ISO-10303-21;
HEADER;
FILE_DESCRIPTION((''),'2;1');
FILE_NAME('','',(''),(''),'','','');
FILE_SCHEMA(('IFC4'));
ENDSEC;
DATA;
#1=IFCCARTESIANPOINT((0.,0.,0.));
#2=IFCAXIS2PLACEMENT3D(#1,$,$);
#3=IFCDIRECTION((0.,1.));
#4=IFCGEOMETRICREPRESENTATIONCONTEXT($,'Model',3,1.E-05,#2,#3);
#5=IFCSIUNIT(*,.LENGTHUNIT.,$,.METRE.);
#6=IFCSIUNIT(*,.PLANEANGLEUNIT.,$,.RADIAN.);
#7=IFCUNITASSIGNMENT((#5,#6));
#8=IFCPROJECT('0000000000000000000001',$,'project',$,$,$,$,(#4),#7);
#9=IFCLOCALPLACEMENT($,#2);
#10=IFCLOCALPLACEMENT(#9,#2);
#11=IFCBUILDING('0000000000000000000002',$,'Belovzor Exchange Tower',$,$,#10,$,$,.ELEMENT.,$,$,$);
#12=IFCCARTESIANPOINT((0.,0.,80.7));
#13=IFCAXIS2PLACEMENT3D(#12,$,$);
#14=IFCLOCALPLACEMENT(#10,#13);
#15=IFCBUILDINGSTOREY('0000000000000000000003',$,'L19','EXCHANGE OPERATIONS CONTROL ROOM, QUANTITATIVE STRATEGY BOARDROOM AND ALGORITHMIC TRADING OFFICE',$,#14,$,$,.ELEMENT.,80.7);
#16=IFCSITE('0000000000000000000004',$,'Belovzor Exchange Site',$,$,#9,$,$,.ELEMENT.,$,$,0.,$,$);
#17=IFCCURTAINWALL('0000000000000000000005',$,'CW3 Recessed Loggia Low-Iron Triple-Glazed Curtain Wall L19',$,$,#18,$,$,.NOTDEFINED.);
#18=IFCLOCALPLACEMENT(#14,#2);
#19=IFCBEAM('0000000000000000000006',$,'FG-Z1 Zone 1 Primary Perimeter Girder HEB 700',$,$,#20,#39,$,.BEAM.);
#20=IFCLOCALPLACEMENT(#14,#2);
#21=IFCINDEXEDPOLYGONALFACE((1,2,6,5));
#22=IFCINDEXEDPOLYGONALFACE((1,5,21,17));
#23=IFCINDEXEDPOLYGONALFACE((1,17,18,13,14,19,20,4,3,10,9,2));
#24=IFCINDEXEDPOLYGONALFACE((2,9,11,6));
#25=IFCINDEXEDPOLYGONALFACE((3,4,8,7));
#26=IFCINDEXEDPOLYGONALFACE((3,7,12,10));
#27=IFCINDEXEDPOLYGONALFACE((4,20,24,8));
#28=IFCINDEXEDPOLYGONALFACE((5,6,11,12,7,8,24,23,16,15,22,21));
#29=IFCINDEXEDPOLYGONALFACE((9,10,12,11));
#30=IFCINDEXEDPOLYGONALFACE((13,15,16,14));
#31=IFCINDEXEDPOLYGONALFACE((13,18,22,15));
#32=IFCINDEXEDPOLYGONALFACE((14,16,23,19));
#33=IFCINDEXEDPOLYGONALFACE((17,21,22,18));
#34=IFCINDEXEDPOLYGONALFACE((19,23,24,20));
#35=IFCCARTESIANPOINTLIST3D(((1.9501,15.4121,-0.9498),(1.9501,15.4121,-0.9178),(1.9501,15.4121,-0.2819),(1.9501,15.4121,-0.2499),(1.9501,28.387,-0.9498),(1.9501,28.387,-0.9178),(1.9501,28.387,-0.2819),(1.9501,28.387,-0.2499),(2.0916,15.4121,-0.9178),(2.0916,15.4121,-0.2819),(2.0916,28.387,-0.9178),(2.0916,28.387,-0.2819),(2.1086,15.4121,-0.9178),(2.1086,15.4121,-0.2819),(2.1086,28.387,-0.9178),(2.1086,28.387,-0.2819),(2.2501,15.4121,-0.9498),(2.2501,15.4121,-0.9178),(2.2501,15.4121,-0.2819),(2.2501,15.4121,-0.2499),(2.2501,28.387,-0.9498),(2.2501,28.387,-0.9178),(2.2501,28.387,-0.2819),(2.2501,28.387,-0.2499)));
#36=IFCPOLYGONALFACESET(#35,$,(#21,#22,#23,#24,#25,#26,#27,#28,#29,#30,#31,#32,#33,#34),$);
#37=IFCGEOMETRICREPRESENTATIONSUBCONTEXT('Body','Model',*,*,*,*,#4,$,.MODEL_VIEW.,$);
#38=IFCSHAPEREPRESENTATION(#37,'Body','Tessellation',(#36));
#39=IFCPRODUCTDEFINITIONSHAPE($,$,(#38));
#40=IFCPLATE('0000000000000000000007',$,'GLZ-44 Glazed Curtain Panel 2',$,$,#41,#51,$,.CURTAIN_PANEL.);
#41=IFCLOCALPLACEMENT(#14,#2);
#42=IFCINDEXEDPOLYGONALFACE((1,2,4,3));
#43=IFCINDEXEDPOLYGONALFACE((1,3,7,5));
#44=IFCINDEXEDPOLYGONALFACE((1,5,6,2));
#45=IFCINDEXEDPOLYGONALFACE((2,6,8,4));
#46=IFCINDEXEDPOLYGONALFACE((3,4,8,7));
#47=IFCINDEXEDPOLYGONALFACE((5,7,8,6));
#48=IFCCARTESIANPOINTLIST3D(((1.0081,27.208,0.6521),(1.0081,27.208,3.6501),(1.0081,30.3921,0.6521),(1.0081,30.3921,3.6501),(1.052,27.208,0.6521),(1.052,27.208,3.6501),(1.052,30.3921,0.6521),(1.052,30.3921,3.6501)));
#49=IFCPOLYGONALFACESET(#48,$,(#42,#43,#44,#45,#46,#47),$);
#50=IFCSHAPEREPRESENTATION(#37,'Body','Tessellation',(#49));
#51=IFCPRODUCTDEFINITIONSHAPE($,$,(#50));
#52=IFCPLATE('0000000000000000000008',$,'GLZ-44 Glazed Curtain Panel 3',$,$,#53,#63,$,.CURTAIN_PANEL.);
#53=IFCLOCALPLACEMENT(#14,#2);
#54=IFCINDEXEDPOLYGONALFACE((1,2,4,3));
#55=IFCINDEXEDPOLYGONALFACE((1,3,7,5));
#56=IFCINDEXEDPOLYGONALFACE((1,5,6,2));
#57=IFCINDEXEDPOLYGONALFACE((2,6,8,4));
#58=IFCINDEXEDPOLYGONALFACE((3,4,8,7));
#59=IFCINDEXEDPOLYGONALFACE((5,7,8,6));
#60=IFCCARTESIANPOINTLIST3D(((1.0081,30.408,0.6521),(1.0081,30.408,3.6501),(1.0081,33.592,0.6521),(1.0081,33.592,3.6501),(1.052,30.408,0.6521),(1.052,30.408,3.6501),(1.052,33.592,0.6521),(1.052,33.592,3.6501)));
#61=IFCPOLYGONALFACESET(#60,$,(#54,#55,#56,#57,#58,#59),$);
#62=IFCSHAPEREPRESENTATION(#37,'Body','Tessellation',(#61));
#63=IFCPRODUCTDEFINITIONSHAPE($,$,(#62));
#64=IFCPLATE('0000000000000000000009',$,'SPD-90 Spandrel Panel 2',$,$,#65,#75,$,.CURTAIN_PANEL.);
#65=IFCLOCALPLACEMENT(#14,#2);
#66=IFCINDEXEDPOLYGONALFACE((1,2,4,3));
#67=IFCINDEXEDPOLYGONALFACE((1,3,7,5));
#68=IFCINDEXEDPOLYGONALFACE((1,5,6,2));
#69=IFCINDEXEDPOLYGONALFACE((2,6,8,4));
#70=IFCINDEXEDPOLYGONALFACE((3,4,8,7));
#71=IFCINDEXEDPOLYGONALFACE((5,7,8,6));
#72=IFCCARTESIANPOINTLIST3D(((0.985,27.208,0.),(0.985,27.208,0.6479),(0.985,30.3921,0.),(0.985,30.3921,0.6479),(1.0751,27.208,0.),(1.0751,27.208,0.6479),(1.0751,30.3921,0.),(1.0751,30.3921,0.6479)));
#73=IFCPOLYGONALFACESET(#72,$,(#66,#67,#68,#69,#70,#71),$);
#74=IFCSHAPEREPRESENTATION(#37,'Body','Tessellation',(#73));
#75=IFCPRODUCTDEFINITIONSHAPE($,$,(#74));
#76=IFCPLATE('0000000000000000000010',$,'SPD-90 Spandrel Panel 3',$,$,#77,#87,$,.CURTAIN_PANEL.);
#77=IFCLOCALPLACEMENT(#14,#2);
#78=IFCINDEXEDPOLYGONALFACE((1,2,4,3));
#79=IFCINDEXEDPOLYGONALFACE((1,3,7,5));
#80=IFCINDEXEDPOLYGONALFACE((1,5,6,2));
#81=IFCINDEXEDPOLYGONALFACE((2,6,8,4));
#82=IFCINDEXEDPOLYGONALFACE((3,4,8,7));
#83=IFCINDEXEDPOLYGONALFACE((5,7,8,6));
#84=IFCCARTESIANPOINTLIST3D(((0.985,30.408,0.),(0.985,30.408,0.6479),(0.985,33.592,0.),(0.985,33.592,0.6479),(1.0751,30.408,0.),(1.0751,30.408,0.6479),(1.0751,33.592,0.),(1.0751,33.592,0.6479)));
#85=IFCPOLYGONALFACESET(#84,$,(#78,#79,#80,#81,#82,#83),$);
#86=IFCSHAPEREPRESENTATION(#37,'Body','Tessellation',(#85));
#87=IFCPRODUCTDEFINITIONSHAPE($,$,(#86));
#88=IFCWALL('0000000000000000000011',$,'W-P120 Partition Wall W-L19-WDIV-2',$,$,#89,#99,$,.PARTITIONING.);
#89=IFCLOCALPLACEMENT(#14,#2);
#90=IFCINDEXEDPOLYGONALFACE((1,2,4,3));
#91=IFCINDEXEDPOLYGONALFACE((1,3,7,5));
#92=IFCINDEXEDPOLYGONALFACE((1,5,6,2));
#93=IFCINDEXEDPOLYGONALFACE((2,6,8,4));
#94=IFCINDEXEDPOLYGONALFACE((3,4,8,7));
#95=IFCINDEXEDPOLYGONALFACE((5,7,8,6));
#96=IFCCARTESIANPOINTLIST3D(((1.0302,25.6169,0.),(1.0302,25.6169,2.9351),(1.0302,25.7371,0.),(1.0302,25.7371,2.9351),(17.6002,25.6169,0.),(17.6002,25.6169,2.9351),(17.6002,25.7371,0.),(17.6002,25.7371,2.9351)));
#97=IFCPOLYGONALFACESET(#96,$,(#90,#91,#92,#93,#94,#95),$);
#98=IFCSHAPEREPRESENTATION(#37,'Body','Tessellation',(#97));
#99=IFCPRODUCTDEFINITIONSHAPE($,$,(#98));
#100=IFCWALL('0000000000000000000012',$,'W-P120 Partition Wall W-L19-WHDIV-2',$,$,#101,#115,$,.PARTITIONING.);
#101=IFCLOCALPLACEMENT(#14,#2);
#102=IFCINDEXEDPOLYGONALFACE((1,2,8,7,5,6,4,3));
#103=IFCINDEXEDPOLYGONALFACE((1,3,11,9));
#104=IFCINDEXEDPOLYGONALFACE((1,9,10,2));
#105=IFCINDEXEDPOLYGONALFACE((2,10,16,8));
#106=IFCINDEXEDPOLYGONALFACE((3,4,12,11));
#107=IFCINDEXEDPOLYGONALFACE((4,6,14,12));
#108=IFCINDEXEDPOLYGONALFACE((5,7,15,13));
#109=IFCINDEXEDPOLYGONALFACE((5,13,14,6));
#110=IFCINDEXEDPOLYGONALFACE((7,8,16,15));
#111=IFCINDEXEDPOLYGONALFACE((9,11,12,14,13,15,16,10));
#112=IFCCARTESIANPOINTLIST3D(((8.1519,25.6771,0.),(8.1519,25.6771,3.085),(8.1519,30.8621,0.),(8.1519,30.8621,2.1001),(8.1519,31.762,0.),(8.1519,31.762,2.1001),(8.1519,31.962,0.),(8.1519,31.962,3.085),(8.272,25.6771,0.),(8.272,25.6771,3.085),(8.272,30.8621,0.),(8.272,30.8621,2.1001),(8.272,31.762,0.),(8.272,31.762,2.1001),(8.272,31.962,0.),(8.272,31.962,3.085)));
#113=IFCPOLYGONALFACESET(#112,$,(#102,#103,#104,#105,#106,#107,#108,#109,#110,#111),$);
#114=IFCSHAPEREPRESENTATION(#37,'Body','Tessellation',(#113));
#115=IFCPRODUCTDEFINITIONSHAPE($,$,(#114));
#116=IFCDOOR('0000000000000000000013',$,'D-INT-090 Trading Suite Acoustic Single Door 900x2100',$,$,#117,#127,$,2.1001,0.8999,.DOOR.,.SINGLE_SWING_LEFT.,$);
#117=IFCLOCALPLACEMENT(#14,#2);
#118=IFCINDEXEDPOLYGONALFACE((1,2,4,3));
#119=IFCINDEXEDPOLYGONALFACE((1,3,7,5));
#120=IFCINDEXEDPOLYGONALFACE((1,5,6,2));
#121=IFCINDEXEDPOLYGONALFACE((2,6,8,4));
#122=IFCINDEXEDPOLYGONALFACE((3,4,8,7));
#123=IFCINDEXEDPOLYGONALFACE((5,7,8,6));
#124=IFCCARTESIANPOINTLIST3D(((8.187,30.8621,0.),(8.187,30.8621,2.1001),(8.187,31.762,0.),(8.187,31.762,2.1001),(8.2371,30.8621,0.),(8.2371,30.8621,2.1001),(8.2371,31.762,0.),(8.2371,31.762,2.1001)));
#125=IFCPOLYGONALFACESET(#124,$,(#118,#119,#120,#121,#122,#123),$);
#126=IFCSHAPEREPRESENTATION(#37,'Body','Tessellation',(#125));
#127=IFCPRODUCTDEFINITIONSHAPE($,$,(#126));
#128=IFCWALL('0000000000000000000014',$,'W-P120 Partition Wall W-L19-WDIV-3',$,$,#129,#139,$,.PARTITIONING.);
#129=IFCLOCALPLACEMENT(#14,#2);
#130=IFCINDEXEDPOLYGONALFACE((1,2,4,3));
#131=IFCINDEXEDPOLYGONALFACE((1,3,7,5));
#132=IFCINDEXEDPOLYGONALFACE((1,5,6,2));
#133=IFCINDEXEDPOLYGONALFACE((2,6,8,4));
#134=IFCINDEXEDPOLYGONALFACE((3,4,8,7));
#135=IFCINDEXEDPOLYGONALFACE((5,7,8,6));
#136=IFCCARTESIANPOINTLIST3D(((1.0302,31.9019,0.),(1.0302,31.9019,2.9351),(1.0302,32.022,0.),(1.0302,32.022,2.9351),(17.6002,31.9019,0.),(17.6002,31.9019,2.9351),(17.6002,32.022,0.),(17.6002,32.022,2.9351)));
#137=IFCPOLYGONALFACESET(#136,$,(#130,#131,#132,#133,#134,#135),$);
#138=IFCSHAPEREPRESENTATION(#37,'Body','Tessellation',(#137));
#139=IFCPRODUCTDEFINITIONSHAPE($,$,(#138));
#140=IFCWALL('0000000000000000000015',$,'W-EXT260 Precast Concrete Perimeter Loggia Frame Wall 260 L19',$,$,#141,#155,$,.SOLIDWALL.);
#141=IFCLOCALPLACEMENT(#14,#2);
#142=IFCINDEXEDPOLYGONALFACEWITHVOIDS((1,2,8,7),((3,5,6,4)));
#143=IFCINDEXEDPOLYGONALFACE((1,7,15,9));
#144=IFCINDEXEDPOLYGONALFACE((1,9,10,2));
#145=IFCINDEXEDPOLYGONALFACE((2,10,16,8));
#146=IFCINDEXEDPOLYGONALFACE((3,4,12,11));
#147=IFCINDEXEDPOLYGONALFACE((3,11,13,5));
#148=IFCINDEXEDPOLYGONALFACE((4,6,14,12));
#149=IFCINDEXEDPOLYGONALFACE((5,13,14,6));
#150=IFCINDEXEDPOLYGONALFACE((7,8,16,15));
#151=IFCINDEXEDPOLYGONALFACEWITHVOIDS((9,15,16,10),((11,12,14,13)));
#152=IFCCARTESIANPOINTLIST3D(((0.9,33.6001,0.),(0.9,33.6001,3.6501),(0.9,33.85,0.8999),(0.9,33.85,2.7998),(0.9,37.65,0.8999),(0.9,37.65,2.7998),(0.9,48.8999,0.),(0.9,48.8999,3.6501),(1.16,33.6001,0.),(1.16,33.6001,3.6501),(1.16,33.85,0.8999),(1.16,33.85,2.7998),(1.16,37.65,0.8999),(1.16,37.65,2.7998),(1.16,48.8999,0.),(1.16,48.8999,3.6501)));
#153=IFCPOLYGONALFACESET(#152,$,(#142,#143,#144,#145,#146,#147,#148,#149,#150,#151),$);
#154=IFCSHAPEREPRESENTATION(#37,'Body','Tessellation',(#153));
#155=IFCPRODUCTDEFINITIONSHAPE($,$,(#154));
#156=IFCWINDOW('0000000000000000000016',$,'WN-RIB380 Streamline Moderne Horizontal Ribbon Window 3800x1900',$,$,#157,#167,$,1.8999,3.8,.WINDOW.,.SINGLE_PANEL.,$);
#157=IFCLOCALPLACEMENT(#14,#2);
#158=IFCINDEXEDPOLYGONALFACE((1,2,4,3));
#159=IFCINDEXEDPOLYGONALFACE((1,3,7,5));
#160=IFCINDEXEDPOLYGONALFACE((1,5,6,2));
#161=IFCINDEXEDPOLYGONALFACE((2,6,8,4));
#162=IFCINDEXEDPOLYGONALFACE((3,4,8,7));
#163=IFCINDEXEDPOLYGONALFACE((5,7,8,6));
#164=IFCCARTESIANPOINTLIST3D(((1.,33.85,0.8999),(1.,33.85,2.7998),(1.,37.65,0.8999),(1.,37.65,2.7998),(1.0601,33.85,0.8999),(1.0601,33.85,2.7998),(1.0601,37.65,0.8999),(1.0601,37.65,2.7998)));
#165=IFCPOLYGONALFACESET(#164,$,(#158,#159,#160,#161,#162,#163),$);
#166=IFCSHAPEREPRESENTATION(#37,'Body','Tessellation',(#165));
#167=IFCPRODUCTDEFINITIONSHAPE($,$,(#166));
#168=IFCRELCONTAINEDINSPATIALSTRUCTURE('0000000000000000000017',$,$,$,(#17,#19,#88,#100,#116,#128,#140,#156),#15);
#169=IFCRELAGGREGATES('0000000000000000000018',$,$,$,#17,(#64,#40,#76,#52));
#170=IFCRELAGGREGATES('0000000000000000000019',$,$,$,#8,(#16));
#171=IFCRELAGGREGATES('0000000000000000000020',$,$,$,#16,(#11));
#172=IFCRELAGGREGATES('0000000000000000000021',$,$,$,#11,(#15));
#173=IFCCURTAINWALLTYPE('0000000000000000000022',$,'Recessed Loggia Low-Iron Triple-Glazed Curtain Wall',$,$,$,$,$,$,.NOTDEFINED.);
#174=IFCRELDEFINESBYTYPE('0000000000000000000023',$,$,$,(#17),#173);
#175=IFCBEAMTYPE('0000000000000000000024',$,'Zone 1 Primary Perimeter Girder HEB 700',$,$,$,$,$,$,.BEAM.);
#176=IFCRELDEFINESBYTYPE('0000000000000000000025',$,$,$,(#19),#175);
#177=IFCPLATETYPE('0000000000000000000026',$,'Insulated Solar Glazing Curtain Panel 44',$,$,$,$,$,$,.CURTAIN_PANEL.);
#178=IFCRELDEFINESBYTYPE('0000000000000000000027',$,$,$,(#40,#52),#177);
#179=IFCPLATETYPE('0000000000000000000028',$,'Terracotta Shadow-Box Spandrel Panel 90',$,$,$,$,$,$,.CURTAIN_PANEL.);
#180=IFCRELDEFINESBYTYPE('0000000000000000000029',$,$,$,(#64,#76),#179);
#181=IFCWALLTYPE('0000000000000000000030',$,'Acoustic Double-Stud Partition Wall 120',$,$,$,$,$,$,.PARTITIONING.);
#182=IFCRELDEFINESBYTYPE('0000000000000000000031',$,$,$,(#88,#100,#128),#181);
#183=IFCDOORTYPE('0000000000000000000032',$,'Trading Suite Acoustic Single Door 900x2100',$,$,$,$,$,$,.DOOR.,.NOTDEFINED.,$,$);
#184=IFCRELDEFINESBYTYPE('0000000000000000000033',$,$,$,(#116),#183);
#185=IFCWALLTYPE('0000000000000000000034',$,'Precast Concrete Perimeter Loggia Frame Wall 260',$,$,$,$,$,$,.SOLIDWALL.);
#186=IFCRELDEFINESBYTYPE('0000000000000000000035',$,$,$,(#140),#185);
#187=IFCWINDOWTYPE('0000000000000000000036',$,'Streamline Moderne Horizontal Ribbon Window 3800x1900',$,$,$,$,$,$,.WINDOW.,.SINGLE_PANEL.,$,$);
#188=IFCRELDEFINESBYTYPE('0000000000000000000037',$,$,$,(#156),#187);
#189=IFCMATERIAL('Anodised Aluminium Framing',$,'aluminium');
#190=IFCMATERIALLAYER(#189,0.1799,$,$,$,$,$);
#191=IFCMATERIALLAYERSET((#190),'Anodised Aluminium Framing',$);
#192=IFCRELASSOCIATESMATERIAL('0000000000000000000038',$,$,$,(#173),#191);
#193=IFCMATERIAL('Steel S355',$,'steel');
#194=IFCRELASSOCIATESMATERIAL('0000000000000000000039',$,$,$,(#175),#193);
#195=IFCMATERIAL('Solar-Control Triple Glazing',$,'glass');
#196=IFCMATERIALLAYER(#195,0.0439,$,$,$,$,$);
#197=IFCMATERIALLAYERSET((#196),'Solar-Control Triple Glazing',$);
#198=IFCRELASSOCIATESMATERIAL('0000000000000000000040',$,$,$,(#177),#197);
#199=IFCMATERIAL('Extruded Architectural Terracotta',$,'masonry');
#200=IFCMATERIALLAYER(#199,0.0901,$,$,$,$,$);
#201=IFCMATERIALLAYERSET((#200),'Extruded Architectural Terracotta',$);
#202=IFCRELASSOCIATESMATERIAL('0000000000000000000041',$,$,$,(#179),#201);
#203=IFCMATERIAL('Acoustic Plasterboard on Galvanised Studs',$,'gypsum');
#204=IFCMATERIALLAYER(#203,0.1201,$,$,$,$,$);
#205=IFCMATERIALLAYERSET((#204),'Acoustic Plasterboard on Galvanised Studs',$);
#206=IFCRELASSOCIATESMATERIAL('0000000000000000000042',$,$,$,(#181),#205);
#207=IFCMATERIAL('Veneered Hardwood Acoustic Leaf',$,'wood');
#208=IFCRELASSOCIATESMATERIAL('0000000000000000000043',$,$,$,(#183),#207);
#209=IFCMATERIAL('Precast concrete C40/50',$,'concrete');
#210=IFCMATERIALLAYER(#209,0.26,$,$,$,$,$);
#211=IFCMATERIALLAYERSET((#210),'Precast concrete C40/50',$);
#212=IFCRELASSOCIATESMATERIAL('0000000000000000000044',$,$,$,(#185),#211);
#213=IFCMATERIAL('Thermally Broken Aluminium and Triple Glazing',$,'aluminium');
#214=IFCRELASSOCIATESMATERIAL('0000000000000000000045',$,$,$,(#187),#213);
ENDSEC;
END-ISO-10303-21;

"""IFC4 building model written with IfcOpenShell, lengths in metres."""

from ifc_helpers import new_model, si_unit, direction, frame, frame_2d, origin, origin_2d, place, context, subcontext, project, spatial, rectangle, i_section, extrude, material, layer, layer_set, material_profile, profile_set, type_object, element, fill, aggregate, save


model = new_model("IFC4")

# Units and contexts
model_context = context("Model", 3, precision=1e-05, world=origin(), true_north=direction((0.0, 1.0)))
body_context = subcontext(model_context, "Body", "Model", "MODEL_VIEW")
ifc_project = project(units=[si_unit("LENGTHUNIT", "METRE"), si_unit("PLANEANGLEUNIT", "RADIAN")], contexts=[model_context])

# Site, building, storey
site_placement = place(None, origin())
site = spatial("IfcSite", under=ifc_project, at=site_placement, Name="Belovzor Exchange Site", CompositionType="ELEMENT", RefElevation=0.0)
building_placement = place(site_placement, origin())
building = spatial("IfcBuilding", under=site, at=building_placement, Name="Belovzor Exchange Tower", CompositionType="ELEMENT")
storey_placement = place(building_placement, frame((0.0, 0.0, 80.7)))
storey = spatial("IfcBuildingStorey", under=building, at=storey_placement, Name="L19", Description="EXCHANGE OPERATIONS CONTROL ROOM, QUANTITATIVE STRATEGY BOARDROOM AND ALGORITHMIC TRADING OFFICE", CompositionType="ELEMENT", Elevation=80.7)

# Curtain wall
ifc_material_1 = material(Name="Anodised Aluminium Framing", Category="aluminium")
ifc_layer_1 = layer(ifc_material_1, 0.1799)
ifc_layer_set_1 = layer_set([ifc_layer_1], Name="Anodised Aluminium Framing")
curtain_wall_type = type_object("IfcCurtainWallType", Name="Recessed Loggia Low-Iron Triple-Glazed Curtain Wall", PredefinedType="NOTDEFINED", material=ifc_layer_set_1)
curtain_wall_placement = place(storey_placement, origin())
curtain_wall = element("IfcCurtainWall", 1, at=curtain_wall_placement, inside=storey, type_object=curtain_wall_type, Name="CW3 Recessed Loggia Low-Iron Triple-Glazed Curtain Wall L19", PredefinedType="NOTDEFINED")

# Beam
ifc_material_2 = material(Name="Steel S355", Category="steel")
ifc_material_profile_1 = material_profile(ifc_material_2, i_section(OverallWidth=0.3, OverallDepth=0.7, WebThickness=0.0171, FlangeThickness=0.032, at=origin_2d()))
ifc_profile_set_1 = profile_set([ifc_material_profile_1], Name="Steel S355")
beam_type_1 = type_object("IfcBeamType", Name="Zone 1 Primary Perimeter Girder HEB 700", PredefinedType="BEAM", material=ifc_profile_set_1)
beam_1_placement = place(storey_placement, frame((2.1001, 28.387, -0.5999), z_axis=(0.0, -1.0, 0.0), x_axis=(1.0, 0.0, 0.0)))
element("IfcBeam", 2, at=beam_1_placement, inside=storey, type_object=beam_type_1, Name="FG-Z1 Zone 1 Primary Perimeter Girder HEB 700", PredefinedType="BEAM", context=body_context, shape_type="SweptSolid", body=[
    extrude(i_section(OverallWidth=0.3, OverallDepth=0.7, WebThickness=0.0171, FlangeThickness=0.032, at=origin_2d()), origin(), (0.0, 0.0, 1.0), 12.9749),
])

# Plates
ifc_material_3 = material(Name="Solar-Control Triple Glazing", Category="glass")
ifc_layer_2 = layer(ifc_material_3, 0.0439)
ifc_layer_set_2 = layer_set([ifc_layer_2], Name="Solar-Control Triple Glazing")
plate_type_1 = type_object("IfcPlateType", Name="Insulated Solar Glazing Curtain Panel 44", PredefinedType="CURTAIN_PANEL", material=ifc_layer_set_2)
plate_1_placement = place(storey_placement, frame((1.03, 28.8, 0.6521), z_axis=(0.0, 0.0, 1.0), x_axis=(0.0, 1.0, 0.0)))
plate_1 = element("IfcPlate", 3, at=plate_1_placement, type_object=plate_type_1, Name="GLZ-44 Glazed Curtain Panel 2", PredefinedType="CURTAIN_PANEL", context=body_context, shape_type="SweptSolid", body=[
    extrude(rectangle(XDim=3.1841, YDim=0.0439, at=origin_2d()), origin(), (0.0, 0.0, 1.0), 2.998),
])
plate_2_placement = place(storey_placement, frame((1.03, 32.0, 0.6521), z_axis=(0.0, 0.0, 1.0), x_axis=(0.0, 1.0, 0.0)))
plate_2 = element("IfcPlate", 4, at=plate_2_placement, type_object=plate_type_1, Name="GLZ-44 Glazed Curtain Panel 3", PredefinedType="CURTAIN_PANEL", context=body_context, shape_type="SweptSolid", body=[
    extrude(rectangle(XDim=3.1841, YDim=0.0439, at=origin_2d()), origin(), (0.0, 0.0, 1.0), 2.998),
])
ifc_material_4 = material(Name="Extruded Architectural Terracotta", Category="masonry")
ifc_layer_3 = layer(ifc_material_4, 0.0901)
ifc_layer_set_3 = layer_set([ifc_layer_3], Name="Extruded Architectural Terracotta")
plate_type_2 = type_object("IfcPlateType", Name="Terracotta Shadow-Box Spandrel Panel 90", PredefinedType="CURTAIN_PANEL", material=ifc_layer_set_3)
plate_3_placement = place(storey_placement, frame((1.03, 28.8, 0.0), z_axis=(0.0, 0.0, 1.0), x_axis=(0.0, 1.0, 0.0)))
plate_3 = element("IfcPlate", 5, at=plate_3_placement, type_object=plate_type_2, Name="SPD-90 Spandrel Panel 2", PredefinedType="CURTAIN_PANEL", context=body_context, shape_type="SweptSolid", body=[
    extrude(rectangle(XDim=3.1841, YDim=0.0901, at=origin_2d()), origin(), (0.0, 0.0, 1.0), 0.6479),
])
plate_4_placement = place(storey_placement, frame((1.03, 32.0, 0.0), z_axis=(0.0, 0.0, 1.0), x_axis=(0.0, 1.0, 0.0)))
plate_4 = element("IfcPlate", 6, at=plate_4_placement, type_object=plate_type_2, Name="SPD-90 Spandrel Panel 3", PredefinedType="CURTAIN_PANEL", context=body_context, shape_type="SweptSolid", body=[
    extrude(rectangle(XDim=3.1841, YDim=0.0901, at=origin_2d()), origin(), (0.0, 0.0, 1.0), 0.6479),
])
aggregate(curtain_wall, [plate_3, plate_1, plate_4, plate_2])

# Wall
ifc_material_5 = material(Name="Acoustic Plasterboard on Galvanised Studs", Category="gypsum")
ifc_layer_4 = layer(ifc_material_5, 0.1201)
ifc_layer_set_4 = layer_set([ifc_layer_4], Name="Acoustic Plasterboard on Galvanised Studs")
wall_type_1 = type_object("IfcWallType", Name="Acoustic Double-Stud Partition Wall 120", PredefinedType="PARTITIONING", material=ifc_layer_set_4)
wall_1_placement = place(storey_placement, frame((1.03, 25.677, 0.0), z_axis=(0.0, 0.0, 1.0), x_axis=(1.0, 0.0, 0.0)))
element("IfcWall", 7, at=wall_1_placement, inside=storey, type_object=wall_type_1, Name="W-P120 Partition Wall W-L19-WDIV-2", PredefinedType="PARTITIONING", context=body_context, shape_type="SweptSolid", body=[
    extrude(rectangle(XDim=16.5701, YDim=0.1201, at=frame_2d((8.2852, 0.0))), origin(), (0.0, 0.0, 1.0), 2.9351),
])

# Wall, opening, door
wall_2_placement = place(storey_placement, frame((8.2119, 25.677, 0.0), z_axis=(0.0, 0.0, 1.0), x_axis=(0.0, 1.0, 0.0)))
wall_2 = element("IfcWall", 8, at=wall_2_placement, inside=storey, type_object=wall_type_1, Name="W-P120 Partition Wall W-L19-WHDIV-2", PredefinedType="PARTITIONING", context=body_context, shape_type="SweptSolid", body=[
    extrude(rectangle(XDim=6.2849, YDim=0.1201, at=frame_2d((3.1426, 0.0))), origin(), (0.0, 0.0, 1.0), 3.085),
])
opening_1_placement = place(wall_2_placement, frame((5.1851, 0.0, 0.0)))
opening_1 = element("IfcOpeningElement", 9, at=opening_1_placement, cuts=wall_2, PredefinedType="OPENING", context=body_context, shape_type="SweptSolid", body=[
    extrude(rectangle(XDim=0.8999, YDim=2.1001, at=frame_2d((0.45, 1.05))), frame((0.0, 0.0701, 0.0), z_axis=(0.0, -1.0, 0.0), x_axis=(1.0, 0.0, 0.0)), (0.0, 0.0, 1.0), 0.1401),
])
ifc_material_6 = material(Name="Veneered Hardwood Acoustic Leaf", Category="wood")
door_type = type_object("IfcDoorType", Name="Trading Suite Acoustic Single Door 900x2100", OperationType="NOTDEFINED", PredefinedType="DOOR", material=ifc_material_6)
door_placement = place(opening_1_placement, origin())
door = element("IfcDoor", 10, at=door_placement, inside=storey, type_object=door_type, Name="D-INT-090 Trading Suite Acoustic Single Door 900x2100", OperationType="SINGLE_SWING_LEFT", OverallHeight=2.1001, OverallWidth=0.8999, PredefinedType="DOOR", context=body_context, shape_type="SweptSolid", body=[
    extrude(rectangle(XDim=0.8999, YDim=2.1001, at=frame_2d((0.45, 1.05))), frame((0.0, 0.0249, 0.0), z_axis=(0.0, -1.0, 0.0), x_axis=(1.0, 0.0, 0.0)), (0.0, 0.0, 1.0), 0.05),
])
fill(opening_1, door)

# Wall
wall_3_placement = place(storey_placement, frame((1.03, 31.9619, 0.0), z_axis=(0.0, 0.0, 1.0), x_axis=(1.0, 0.0, 0.0)))
element("IfcWall", 11, at=wall_3_placement, inside=storey, type_object=wall_type_1, Name="W-P120 Partition Wall W-L19-WDIV-3", PredefinedType="PARTITIONING", context=body_context, shape_type="SweptSolid", body=[
    extrude(rectangle(XDim=16.5701, YDim=0.1201, at=frame_2d((8.2852, 0.0))), origin(), (0.0, 0.0, 1.0), 2.9351),
])

# Wall, opening, window
ifc_material_7 = material(Name="Precast concrete C40/50", Category="concrete")
ifc_layer_5 = layer(ifc_material_7, 0.26)
ifc_layer_set_5 = layer_set([ifc_layer_5], Name="Precast concrete C40/50")
wall_type_2 = type_object("IfcWallType", Name="Precast Concrete Perimeter Loggia Frame Wall 260", PredefinedType="SOLIDWALL", material=ifc_layer_set_5)
wall_4_placement = place(storey_placement, frame((1.03, 33.6001, 0.0), z_axis=(0.0, 0.0, 1.0), x_axis=(0.0, 1.0, 0.0)))
wall_4 = element("IfcWall", 12, at=wall_4_placement, inside=storey, type_object=wall_type_2, Name="W-EXT260 Precast Concrete Perimeter Loggia Frame Wall 260 L19", PredefinedType="SOLIDWALL", context=body_context, shape_type="SweptSolid", body=[
    extrude(rectangle(XDim=15.2998, YDim=0.26, at=frame_2d((7.6499, 0.0))), origin(), (0.0, 0.0, 1.0), 3.6501),
])
opening_2_placement = place(wall_4_placement, frame((0.25, 0.0, 0.8999)))
opening_2 = element("IfcOpeningElement", 13, at=opening_2_placement, cuts=wall_4, PredefinedType="OPENING", context=body_context, shape_type="SweptSolid", body=[
    extrude(rectangle(XDim=3.8, YDim=1.8999, at=frame_2d((1.8999, 0.95))), frame((0.0, 0.1399, 0.0), z_axis=(0.0, -1.0, 0.0), x_axis=(1.0, 0.0, 0.0)), (0.0, 0.0, 1.0), 0.28),
])
ifc_material_8 = material(Name="Thermally Broken Aluminium and Triple Glazing", Category="aluminium")
window_type = type_object("IfcWindowType", Name="Streamline Moderne Horizontal Ribbon Window 3800x1900", PartitioningType="SINGLE_PANEL", PredefinedType="WINDOW", material=ifc_material_8)
window_placement = place(opening_2_placement, origin())
window = element("IfcWindow", 14, at=window_placement, inside=storey, type_object=window_type, Name="WN-RIB380 Streamline Moderne Horizontal Ribbon Window 3800x1900", OverallHeight=1.8999, OverallWidth=3.8, PartitioningType="SINGLE_PANEL", PredefinedType="WINDOW", context=body_context, shape_type="SweptSolid", body=[
    extrude(rectangle(XDim=3.8, YDim=1.8999, at=frame_2d((1.8999, 0.95))), frame((0.0, 0.03, 0.0), z_axis=(0.0, -1.0, 0.0), x_axis=(1.0, 0.0, 0.0)), (0.0, 0.0, 1.0), 0.0601),
])
fill(opening_2, window)

save(model, "model.ifc")
